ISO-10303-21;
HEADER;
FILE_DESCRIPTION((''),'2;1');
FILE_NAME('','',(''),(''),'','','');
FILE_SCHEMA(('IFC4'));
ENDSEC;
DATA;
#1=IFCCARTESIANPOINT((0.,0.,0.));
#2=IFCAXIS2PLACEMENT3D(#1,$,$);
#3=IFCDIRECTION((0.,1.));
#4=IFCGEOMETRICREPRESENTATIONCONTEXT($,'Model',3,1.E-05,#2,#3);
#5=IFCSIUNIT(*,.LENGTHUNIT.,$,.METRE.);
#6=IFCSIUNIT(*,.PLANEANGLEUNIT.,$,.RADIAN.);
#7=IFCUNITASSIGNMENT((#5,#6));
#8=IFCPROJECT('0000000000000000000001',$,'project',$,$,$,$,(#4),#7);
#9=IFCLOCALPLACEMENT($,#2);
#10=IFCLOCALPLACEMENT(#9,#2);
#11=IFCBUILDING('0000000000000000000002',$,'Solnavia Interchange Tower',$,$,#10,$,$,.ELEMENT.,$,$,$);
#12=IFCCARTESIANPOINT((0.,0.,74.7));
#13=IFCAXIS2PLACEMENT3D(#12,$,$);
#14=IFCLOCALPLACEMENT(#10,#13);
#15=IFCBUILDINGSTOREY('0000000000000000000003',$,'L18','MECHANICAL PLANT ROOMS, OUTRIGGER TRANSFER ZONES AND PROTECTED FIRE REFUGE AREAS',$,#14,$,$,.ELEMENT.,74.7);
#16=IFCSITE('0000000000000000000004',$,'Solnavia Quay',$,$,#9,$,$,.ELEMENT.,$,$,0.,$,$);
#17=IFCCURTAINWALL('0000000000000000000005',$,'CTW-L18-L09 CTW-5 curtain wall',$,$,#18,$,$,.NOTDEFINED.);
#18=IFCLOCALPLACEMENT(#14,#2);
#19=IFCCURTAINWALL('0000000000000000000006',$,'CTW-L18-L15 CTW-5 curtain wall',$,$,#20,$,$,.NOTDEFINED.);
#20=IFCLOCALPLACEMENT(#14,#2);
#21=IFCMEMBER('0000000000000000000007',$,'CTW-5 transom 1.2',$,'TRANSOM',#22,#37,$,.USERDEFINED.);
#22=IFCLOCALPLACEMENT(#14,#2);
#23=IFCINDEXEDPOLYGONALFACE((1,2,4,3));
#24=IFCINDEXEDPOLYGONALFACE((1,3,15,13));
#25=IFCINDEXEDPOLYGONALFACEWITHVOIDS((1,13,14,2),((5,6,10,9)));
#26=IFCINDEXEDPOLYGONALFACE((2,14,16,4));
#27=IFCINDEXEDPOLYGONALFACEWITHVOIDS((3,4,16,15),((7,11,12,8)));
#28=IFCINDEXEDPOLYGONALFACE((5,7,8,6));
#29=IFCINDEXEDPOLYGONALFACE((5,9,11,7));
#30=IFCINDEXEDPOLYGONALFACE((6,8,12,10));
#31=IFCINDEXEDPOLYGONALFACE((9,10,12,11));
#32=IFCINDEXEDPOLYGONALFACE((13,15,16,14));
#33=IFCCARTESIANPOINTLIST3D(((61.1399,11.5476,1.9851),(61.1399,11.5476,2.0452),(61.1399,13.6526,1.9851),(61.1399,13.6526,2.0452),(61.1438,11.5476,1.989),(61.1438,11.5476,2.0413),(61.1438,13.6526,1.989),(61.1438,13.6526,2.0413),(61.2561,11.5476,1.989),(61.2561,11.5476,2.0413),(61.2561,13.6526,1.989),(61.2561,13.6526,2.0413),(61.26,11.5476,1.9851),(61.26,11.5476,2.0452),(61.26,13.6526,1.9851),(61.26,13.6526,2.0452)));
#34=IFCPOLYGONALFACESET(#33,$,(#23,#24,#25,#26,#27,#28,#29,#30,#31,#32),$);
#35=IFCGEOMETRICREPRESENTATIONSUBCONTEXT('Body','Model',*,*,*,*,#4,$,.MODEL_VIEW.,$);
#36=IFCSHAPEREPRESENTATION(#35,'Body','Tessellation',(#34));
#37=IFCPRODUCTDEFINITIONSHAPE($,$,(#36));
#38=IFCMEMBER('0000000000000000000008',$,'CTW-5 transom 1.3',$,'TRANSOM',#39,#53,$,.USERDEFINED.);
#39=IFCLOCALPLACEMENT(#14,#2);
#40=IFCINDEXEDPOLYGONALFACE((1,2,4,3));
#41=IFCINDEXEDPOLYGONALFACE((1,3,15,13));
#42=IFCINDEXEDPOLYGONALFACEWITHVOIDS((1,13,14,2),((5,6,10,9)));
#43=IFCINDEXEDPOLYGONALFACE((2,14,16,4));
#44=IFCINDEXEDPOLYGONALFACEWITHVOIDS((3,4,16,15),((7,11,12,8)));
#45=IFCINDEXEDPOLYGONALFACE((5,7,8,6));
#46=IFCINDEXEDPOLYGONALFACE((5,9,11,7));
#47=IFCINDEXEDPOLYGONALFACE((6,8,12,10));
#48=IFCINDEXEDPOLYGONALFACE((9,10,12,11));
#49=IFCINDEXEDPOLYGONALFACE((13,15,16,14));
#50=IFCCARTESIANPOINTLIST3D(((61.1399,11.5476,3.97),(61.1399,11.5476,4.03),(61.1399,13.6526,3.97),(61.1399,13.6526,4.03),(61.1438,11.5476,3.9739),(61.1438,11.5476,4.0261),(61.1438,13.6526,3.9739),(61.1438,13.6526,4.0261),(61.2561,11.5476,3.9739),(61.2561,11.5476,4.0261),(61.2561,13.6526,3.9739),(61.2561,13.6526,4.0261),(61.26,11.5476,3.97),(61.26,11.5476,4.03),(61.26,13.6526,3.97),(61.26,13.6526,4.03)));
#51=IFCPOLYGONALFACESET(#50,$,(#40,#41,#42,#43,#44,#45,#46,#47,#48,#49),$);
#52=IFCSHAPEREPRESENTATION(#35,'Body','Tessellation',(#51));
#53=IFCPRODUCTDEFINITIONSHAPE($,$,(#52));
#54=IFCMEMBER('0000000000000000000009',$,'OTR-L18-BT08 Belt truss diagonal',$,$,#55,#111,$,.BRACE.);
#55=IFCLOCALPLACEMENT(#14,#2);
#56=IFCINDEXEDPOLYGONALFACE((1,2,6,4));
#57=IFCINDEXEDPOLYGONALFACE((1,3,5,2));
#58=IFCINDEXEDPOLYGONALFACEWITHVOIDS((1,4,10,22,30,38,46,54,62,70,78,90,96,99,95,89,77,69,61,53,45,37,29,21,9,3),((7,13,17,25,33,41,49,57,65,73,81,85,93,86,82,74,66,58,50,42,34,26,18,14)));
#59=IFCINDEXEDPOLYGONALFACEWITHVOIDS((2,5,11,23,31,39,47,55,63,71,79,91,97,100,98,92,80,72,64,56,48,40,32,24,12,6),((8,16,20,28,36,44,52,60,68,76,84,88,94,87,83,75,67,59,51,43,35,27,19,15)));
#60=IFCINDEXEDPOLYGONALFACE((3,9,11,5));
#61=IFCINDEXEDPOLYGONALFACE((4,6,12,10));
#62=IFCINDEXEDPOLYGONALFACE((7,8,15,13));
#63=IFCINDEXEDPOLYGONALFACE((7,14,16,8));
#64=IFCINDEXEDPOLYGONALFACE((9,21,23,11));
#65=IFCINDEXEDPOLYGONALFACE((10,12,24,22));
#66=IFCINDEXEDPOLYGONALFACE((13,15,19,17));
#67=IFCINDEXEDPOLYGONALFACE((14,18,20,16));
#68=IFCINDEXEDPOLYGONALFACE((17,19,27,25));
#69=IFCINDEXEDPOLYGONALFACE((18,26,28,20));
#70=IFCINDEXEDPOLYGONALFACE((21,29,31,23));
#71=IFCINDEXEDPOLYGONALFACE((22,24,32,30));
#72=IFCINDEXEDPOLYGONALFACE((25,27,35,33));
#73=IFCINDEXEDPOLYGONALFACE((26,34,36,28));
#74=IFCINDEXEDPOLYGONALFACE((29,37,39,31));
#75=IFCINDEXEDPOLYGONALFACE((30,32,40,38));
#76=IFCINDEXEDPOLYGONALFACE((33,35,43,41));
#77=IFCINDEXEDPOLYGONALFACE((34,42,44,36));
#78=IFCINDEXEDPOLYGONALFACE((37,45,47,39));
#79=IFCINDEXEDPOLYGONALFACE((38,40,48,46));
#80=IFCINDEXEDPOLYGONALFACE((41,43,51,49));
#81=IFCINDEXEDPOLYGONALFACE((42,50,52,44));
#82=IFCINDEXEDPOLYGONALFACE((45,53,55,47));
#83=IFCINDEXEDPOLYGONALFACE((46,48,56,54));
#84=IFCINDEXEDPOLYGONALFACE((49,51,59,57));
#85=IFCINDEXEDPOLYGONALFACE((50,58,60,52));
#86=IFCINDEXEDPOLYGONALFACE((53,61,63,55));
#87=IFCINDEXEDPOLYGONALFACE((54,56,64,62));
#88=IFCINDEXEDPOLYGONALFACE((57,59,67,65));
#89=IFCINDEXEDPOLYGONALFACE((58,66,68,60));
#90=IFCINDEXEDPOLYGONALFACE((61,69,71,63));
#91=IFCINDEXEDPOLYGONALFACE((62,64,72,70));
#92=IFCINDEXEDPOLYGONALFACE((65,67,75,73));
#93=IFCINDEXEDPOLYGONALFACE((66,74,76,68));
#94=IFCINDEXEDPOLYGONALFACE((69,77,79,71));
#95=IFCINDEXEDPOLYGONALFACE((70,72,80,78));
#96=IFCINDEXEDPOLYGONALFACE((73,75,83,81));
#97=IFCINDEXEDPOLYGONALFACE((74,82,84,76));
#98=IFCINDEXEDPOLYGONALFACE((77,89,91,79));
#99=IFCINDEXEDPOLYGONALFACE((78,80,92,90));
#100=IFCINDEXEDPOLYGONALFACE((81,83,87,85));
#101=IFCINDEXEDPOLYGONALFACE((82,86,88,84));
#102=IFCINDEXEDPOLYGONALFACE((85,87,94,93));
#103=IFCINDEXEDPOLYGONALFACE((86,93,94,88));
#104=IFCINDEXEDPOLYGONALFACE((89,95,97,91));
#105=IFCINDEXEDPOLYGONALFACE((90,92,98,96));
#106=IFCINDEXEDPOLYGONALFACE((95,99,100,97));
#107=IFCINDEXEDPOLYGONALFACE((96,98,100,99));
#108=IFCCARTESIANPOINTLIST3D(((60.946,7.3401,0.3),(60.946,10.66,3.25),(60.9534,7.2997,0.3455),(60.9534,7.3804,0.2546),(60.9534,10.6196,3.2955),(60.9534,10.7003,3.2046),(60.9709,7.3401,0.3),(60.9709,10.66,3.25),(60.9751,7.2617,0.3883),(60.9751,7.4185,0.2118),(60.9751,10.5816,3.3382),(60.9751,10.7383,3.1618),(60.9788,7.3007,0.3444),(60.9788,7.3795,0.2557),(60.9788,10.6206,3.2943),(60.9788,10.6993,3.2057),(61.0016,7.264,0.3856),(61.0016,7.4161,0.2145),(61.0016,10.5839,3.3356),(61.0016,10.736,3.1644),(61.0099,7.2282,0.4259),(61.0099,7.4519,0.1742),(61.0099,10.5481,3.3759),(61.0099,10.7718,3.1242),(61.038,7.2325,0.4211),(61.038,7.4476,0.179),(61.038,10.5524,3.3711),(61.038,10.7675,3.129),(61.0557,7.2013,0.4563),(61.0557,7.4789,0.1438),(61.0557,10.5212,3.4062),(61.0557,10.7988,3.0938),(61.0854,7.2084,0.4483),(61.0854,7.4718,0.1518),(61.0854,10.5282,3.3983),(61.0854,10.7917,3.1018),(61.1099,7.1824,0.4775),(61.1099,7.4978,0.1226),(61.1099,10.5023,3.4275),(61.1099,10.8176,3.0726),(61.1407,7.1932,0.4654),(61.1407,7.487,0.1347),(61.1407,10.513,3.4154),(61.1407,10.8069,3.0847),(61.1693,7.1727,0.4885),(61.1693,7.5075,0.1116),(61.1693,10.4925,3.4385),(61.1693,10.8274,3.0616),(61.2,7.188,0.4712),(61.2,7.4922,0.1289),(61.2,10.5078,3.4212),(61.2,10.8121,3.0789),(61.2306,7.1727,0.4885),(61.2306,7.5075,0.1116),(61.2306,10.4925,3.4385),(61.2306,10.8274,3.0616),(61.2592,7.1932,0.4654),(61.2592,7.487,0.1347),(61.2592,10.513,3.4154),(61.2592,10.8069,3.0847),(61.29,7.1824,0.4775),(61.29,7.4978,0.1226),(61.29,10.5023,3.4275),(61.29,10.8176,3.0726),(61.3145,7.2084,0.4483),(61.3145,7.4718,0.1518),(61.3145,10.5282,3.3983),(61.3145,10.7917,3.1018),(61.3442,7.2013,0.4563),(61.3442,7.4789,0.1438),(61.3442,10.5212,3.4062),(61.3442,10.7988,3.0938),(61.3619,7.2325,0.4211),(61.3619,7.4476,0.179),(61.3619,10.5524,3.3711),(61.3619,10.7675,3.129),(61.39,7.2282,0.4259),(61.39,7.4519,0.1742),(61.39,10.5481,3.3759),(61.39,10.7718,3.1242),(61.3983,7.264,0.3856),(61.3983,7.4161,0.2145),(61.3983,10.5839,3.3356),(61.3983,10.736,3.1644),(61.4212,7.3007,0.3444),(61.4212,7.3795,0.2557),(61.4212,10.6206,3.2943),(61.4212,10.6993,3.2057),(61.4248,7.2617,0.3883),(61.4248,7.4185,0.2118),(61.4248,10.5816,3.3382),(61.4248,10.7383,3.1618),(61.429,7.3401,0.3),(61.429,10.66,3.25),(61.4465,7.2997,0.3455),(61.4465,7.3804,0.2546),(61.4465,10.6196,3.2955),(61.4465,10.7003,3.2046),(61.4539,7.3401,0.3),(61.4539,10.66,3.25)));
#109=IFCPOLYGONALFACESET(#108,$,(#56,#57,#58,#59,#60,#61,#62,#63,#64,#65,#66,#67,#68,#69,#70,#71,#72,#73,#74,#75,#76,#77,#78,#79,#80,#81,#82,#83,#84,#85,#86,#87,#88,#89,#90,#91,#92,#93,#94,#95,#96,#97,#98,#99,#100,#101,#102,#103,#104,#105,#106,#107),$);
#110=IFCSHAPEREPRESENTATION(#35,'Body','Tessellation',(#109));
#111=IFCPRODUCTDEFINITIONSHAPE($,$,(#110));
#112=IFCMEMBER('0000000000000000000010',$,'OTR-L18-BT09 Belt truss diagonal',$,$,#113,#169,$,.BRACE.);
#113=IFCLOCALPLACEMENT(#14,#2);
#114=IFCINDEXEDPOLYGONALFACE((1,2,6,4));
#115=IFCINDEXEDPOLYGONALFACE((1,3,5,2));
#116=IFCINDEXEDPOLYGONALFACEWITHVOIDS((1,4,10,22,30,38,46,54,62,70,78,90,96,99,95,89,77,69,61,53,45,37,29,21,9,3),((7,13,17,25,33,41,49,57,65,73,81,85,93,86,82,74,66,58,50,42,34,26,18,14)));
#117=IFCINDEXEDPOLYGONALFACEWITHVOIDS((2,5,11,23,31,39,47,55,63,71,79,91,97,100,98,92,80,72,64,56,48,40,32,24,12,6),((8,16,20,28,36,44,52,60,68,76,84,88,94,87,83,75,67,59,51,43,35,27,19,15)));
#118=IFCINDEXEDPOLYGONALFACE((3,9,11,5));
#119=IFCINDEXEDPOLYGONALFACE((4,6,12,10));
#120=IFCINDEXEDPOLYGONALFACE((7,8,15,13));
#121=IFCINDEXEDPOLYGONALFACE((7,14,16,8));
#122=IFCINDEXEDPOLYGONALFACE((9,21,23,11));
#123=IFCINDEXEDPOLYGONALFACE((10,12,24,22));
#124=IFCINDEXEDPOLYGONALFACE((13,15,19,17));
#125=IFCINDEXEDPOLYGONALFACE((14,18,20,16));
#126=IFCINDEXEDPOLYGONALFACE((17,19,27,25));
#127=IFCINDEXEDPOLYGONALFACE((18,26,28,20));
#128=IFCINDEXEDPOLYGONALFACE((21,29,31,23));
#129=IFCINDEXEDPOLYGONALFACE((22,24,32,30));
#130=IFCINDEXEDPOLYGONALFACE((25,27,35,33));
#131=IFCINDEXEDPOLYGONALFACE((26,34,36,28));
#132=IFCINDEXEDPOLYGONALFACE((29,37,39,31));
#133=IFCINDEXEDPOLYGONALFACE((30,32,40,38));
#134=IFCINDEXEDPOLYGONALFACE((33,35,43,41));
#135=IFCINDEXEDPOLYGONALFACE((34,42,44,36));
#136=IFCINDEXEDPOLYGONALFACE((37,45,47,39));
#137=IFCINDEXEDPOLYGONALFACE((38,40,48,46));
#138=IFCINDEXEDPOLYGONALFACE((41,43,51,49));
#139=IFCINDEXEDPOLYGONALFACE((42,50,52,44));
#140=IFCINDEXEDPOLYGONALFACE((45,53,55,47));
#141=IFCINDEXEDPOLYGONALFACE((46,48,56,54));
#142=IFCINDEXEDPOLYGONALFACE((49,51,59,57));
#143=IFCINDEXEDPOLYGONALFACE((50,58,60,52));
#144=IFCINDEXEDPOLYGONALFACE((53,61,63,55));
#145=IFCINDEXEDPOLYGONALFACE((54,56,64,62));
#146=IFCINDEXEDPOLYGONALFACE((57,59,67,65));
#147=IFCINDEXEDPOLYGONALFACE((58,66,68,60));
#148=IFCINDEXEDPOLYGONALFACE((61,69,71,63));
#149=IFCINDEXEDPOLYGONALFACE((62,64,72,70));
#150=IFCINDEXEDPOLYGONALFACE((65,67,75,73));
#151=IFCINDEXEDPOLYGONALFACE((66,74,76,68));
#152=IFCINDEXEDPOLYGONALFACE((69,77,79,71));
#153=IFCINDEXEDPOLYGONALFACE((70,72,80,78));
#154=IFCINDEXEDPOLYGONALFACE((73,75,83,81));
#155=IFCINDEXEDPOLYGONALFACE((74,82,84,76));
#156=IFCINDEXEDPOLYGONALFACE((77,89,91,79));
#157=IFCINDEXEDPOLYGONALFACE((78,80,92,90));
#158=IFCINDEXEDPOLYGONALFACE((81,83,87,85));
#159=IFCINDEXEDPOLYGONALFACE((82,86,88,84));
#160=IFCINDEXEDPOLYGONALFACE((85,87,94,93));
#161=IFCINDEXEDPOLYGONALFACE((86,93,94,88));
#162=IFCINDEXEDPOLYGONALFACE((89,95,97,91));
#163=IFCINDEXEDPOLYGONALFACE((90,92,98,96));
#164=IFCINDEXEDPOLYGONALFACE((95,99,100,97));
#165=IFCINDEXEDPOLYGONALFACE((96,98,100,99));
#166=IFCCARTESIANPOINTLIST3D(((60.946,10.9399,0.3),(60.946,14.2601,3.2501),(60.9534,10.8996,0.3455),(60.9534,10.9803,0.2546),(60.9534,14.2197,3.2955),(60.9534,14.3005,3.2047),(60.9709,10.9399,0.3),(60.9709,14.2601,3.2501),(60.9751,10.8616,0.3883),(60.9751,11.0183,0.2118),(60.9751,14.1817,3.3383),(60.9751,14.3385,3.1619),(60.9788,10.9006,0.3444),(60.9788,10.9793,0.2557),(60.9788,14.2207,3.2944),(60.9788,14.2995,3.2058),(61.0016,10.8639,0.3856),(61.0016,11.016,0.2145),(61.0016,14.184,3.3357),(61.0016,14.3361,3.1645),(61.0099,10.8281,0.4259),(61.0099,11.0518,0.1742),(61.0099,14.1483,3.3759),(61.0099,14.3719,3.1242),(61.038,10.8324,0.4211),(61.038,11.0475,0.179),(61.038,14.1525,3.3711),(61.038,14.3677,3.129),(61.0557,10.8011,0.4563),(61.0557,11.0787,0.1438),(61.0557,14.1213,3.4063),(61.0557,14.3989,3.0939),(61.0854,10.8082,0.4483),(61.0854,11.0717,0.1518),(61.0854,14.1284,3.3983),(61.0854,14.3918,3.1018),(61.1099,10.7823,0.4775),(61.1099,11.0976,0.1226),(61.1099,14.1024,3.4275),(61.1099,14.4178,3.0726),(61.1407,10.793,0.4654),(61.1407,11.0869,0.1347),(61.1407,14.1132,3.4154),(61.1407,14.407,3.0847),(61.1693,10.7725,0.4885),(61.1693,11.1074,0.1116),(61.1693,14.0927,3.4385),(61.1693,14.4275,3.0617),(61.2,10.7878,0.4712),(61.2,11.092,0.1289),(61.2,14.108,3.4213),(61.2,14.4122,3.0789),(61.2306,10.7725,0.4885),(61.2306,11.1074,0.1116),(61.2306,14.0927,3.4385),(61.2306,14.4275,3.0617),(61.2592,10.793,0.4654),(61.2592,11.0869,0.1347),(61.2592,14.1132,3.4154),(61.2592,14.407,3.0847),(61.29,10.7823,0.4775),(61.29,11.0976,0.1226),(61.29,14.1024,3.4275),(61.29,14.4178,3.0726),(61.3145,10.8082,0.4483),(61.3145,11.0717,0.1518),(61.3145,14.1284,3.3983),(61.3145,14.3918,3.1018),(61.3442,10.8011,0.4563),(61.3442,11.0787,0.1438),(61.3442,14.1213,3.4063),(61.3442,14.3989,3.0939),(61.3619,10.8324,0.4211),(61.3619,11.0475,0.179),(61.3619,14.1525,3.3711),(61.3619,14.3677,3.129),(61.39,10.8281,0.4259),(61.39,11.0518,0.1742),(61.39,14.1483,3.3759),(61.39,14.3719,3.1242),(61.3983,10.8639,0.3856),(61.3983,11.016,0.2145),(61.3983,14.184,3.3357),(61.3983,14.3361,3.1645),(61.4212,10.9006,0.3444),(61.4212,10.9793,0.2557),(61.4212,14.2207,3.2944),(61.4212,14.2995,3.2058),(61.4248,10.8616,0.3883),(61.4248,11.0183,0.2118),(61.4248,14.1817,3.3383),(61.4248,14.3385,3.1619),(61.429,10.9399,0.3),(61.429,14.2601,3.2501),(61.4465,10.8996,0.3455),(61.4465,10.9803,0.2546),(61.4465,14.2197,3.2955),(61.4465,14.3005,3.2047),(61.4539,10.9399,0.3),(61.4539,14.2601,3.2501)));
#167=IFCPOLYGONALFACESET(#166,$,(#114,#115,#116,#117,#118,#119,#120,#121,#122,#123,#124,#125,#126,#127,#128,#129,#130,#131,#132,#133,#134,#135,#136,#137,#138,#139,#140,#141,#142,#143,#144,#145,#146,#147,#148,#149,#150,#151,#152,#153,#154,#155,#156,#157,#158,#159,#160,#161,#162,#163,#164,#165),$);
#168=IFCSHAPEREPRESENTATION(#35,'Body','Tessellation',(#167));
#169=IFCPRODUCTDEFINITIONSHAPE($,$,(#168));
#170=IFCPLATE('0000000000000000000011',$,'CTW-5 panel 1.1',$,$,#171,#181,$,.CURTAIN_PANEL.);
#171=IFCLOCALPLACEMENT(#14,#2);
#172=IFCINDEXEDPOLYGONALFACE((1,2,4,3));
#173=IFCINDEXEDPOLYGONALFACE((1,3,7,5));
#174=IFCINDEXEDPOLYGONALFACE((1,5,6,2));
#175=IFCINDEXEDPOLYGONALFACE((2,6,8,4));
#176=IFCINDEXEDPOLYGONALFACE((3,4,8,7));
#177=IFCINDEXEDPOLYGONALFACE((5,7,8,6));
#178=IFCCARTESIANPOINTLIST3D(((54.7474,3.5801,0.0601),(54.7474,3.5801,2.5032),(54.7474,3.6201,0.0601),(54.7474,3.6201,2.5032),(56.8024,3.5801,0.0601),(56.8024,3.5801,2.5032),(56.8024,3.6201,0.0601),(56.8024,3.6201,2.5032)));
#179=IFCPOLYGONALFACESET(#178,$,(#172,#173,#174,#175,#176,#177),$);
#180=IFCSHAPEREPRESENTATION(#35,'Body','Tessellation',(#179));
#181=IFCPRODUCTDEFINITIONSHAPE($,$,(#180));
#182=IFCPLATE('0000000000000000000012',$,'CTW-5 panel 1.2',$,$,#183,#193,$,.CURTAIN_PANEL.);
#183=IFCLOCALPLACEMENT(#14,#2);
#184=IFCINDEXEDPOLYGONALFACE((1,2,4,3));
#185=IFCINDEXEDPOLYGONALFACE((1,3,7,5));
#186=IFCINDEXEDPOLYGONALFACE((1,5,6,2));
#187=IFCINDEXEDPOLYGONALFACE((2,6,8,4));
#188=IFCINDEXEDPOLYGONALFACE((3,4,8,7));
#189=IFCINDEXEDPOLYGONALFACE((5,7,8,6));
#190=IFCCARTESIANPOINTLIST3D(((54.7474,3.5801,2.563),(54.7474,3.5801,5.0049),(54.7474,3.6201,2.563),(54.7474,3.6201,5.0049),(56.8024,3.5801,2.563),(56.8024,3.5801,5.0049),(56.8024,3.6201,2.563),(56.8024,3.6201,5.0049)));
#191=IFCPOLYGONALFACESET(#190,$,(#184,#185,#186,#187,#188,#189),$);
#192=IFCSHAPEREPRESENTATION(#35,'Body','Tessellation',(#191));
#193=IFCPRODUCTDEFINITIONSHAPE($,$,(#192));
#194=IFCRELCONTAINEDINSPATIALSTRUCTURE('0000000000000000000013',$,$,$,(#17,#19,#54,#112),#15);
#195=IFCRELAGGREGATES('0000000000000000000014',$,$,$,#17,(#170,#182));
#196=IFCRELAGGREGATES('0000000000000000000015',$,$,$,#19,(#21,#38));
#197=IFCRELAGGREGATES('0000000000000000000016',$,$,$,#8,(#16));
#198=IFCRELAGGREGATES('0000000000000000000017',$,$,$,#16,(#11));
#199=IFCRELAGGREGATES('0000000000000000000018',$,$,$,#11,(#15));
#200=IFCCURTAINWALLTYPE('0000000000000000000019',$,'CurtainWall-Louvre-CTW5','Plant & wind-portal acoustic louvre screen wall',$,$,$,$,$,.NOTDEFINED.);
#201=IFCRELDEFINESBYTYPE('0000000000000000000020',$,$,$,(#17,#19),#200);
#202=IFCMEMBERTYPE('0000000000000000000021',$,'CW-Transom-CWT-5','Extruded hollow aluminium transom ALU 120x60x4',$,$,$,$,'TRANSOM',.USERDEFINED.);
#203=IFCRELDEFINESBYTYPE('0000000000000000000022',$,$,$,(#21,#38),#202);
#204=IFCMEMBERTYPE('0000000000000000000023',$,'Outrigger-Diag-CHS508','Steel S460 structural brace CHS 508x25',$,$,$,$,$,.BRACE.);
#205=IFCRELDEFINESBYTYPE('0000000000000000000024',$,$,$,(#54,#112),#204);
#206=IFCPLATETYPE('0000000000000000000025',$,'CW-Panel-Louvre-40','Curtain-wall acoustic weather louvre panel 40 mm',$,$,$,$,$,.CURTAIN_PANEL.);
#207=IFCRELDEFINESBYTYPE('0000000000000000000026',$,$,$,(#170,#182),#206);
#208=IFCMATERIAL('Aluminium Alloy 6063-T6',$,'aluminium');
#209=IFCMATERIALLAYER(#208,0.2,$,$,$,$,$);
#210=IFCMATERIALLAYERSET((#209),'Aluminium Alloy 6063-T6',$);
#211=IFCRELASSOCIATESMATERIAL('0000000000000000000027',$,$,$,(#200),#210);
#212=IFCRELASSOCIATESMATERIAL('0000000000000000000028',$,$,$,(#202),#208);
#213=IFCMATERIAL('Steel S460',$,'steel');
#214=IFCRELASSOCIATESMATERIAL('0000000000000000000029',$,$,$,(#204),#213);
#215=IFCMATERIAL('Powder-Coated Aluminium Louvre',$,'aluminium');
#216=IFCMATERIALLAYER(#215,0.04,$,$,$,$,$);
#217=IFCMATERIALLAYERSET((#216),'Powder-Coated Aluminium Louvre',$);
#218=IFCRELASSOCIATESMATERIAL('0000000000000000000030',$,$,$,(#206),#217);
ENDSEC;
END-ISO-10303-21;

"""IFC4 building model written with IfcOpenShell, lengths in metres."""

from ifc_helpers import new_model, si_unit, direction, frame, origin, origin_2d, place, context, subcontext, project, spatial, rectangle, hollow_rectangle, hollow_circle, extrude, material, layer, layer_set, material_profile, profile_set, type_object, element, aggregate, save


model = new_model("IFC4")

# Units and contexts
model_context = context("Model", 3, precision=1e-05, world=origin(), true_north=direction((0.0, 1.0)))
body_context = subcontext(model_context, "Body", "Model", "MODEL_VIEW")
ifc_project = project(units=[si_unit("LENGTHUNIT", "METRE"), si_unit("PLANEANGLEUNIT", "RADIAN")], contexts=[model_context])

# Site, building, storey
site_placement = place(None, origin())
site = spatial("IfcSite", under=ifc_project, at=site_placement, Name="Solnavia Quay", CompositionType="ELEMENT", RefElevation=0.0)
building_placement = place(site_placement, origin())
building = spatial("IfcBuilding", under=site, at=building_placement, Name="Solnavia Interchange Tower", CompositionType="ELEMENT")
storey_placement = place(building_placement, frame((0.0, 0.0, 74.7)))
storey = spatial("IfcBuildingStorey", under=building, at=storey_placement, Name="L18", Description="MECHANICAL PLANT ROOMS, OUTRIGGER TRANSFER ZONES AND PROTECTED FIRE REFUGE AREAS", CompositionType="ELEMENT", Elevation=74.7)

# Curtain wall
ifc_material_1 = material(Name="Aluminium Alloy 6063-T6", Category="aluminium")
ifc_layer_1 = layer(ifc_material_1, 0.2)
ifc_layer_set_1 = layer_set([ifc_layer_1], Name="Aluminium Alloy 6063-T6")
curtain_wall_type = type_object("IfcCurtainWallType", Name="CurtainWall-Louvre-CTW5", Description="Plant & wind-portal acoustic louvre screen wall", PredefinedType="NOTDEFINED", material=ifc_layer_set_1)
curtain_wall_1_placement = place(storey_placement, origin())
curtain_wall_1 = element("IfcCurtainWall", 1, at=curtain_wall_1_placement, inside=storey, type_object=curtain_wall_type, Name="CTW-L18-L09 CTW-5 curtain wall", PredefinedType="NOTDEFINED")

# Curtain wall
curtain_wall_2_placement = place(storey_placement, origin())
curtain_wall_2 = element("IfcCurtainWall", 2, at=curtain_wall_2_placement, inside=storey, type_object=curtain_wall_type, Name="CTW-L18-L15 CTW-5 curtain wall", PredefinedType="NOTDEFINED")

# Members
ifc_material_profile_1 = material_profile(ifc_material_1, hollow_rectangle(XDim=0.0601, YDim=0.1201, WallThickness=0.0039, at=origin_2d()), Name="ALU 120x60x4")
ifc_profile_set_1 = profile_set([ifc_material_profile_1], Name="Aluminium Alloy 6063-T6")
member_type_1 = type_object("IfcMemberType", Name="CW-Transom-CWT-5", Description="Extruded hollow aluminium transom ALU 120x60x4", ElementType="TRANSOM", PredefinedType="USERDEFINED", material=ifc_profile_set_1)
member_1_placement = place(storey_placement, frame((61.2, 11.5476, 2.0151), z_axis=(0.0, 1.0, 0.0), x_axis=(0.0, 0.0, 1.0)))
member_1 = element("IfcMember", 3, at=member_1_placement, type_object=member_type_1, Name="CTW-5 transom 1.2", ObjectType="TRANSOM", PredefinedType="USERDEFINED", context=body_context, shape_type="SweptSolid", body=[
    extrude(hollow_rectangle(XDim=0.0601, YDim=0.1201, WallThickness=0.0039, at=origin_2d()), origin(), (0.0, 0.0, 1.0), 2.105),
])
member_2_placement = place(storey_placement, frame((61.2, 11.5476, 4.0), z_axis=(0.0, 1.0, 0.0), x_axis=(0.0, 0.0, 1.0)))
member_2 = element("IfcMember", 4, at=member_2_placement, type_object=member_type_1, Name="CTW-5 transom 1.3", ObjectType="TRANSOM", PredefinedType="USERDEFINED", context=body_context, shape_type="SweptSolid", body=[
    extrude(hollow_rectangle(XDim=0.0601, YDim=0.1201, WallThickness=0.0039, at=origin_2d()), origin(), (0.0, 0.0, 1.0), 2.105),
])

# Members
ifc_material_2 = material(Name="Steel S460", Category="steel")
ifc_material_profile_2 = material_profile(ifc_material_2, hollow_circle(Radius=0.2539, WallThickness=0.0249, at=origin_2d()), Name="CHS 508x25")
ifc_profile_set_2 = profile_set([ifc_material_profile_2], Name="Steel S460")
member_type_2 = type_object("IfcMemberType", Name="Outrigger-Diag-CHS508", Description="Steel S460 structural brace CHS 508x25", PredefinedType="BRACE", material=ifc_profile_set_2)
member_3_placement = place(storey_placement, frame((61.2, 7.3401, 0.3), z_axis=(0.0, 0.747522, 0.664238), x_axis=(-1.0, 0.0, 0.0)))
element("IfcMember", 5, at=member_3_placement, inside=storey, type_object=member_type_2, Name="OTR-L18-BT08 Belt truss diagonal", PredefinedType="BRACE", context=body_context, shape_type="SweptSolid", body=[
    extrude(hollow_circle(Radius=0.2539, WallThickness=0.0249, at=origin_2d()), origin(), (0.0, 0.0, 1.0), 4.4412),
])
member_4_placement = place(storey_placement, frame((61.2, 10.9399, 0.3), z_axis=(0.0, 0.747546, 0.66421), x_axis=(-1.0, 0.0, 0.0)))
element("IfcMember", 6, at=member_4_placement, inside=storey, type_object=member_type_2, Name="OTR-L18-BT09 Belt truss diagonal", PredefinedType="BRACE", context=body_context, shape_type="SweptSolid", body=[
    extrude(hollow_circle(Radius=0.2539, WallThickness=0.0249, at=origin_2d()), origin(), (0.0, 0.0, 1.0), 4.4414),
])

# Plates
ifc_material_3 = material(Name="Powder-Coated Aluminium Louvre", Category="aluminium")
ifc_layer_2 = layer(ifc_material_3, 0.04)
ifc_layer_set_2 = layer_set([ifc_layer_2], Name="Powder-Coated Aluminium Louvre")
plate_type_1 = type_object("IfcPlateType", Name="CW-Panel-Louvre-40", Description="Curtain-wall acoustic weather louvre panel 40 mm", PredefinedType="CURTAIN_PANEL", material=ifc_layer_set_2)
plate_1_placement = place(storey_placement, frame((55.7749, 3.6001, 0.0601), z_axis=(0.0, 0.0, 1.0), x_axis=(1.0, 0.0, 0.0)))
plate_1 = element("IfcPlate", 7, at=plate_1_placement, type_object=plate_type_1, Name="CTW-5 panel 1.1", PredefinedType="CURTAIN_PANEL", context=body_context, shape_type="SweptSolid", body=[
    extrude(rectangle(XDim=2.0549, YDim=0.04, at=origin_2d()), origin(), (0.0, 0.0, 1.0), 2.4431),
])
plate_2_placement = place(storey_placement, frame((55.7749, 3.6001, 2.563), z_axis=(0.0, 0.0, 1.0), x_axis=(1.0, 0.0, 0.0)))
plate_2 = element("IfcPlate", 8, at=plate_2_placement, type_object=plate_type_1, Name="CTW-5 panel 1.2", PredefinedType="CURTAIN_PANEL", context=body_context, shape_type="SweptSolid", body=[
    extrude(rectangle(XDim=2.0549, YDim=0.04, at=origin_2d()), origin(), (0.0, 0.0, 1.0), 2.4419),
])
aggregate(curtain_wall_1, [plate_1, plate_2])
aggregate(curtain_wall_2, [member_1, member_2])

save(model, "model.ifc")
